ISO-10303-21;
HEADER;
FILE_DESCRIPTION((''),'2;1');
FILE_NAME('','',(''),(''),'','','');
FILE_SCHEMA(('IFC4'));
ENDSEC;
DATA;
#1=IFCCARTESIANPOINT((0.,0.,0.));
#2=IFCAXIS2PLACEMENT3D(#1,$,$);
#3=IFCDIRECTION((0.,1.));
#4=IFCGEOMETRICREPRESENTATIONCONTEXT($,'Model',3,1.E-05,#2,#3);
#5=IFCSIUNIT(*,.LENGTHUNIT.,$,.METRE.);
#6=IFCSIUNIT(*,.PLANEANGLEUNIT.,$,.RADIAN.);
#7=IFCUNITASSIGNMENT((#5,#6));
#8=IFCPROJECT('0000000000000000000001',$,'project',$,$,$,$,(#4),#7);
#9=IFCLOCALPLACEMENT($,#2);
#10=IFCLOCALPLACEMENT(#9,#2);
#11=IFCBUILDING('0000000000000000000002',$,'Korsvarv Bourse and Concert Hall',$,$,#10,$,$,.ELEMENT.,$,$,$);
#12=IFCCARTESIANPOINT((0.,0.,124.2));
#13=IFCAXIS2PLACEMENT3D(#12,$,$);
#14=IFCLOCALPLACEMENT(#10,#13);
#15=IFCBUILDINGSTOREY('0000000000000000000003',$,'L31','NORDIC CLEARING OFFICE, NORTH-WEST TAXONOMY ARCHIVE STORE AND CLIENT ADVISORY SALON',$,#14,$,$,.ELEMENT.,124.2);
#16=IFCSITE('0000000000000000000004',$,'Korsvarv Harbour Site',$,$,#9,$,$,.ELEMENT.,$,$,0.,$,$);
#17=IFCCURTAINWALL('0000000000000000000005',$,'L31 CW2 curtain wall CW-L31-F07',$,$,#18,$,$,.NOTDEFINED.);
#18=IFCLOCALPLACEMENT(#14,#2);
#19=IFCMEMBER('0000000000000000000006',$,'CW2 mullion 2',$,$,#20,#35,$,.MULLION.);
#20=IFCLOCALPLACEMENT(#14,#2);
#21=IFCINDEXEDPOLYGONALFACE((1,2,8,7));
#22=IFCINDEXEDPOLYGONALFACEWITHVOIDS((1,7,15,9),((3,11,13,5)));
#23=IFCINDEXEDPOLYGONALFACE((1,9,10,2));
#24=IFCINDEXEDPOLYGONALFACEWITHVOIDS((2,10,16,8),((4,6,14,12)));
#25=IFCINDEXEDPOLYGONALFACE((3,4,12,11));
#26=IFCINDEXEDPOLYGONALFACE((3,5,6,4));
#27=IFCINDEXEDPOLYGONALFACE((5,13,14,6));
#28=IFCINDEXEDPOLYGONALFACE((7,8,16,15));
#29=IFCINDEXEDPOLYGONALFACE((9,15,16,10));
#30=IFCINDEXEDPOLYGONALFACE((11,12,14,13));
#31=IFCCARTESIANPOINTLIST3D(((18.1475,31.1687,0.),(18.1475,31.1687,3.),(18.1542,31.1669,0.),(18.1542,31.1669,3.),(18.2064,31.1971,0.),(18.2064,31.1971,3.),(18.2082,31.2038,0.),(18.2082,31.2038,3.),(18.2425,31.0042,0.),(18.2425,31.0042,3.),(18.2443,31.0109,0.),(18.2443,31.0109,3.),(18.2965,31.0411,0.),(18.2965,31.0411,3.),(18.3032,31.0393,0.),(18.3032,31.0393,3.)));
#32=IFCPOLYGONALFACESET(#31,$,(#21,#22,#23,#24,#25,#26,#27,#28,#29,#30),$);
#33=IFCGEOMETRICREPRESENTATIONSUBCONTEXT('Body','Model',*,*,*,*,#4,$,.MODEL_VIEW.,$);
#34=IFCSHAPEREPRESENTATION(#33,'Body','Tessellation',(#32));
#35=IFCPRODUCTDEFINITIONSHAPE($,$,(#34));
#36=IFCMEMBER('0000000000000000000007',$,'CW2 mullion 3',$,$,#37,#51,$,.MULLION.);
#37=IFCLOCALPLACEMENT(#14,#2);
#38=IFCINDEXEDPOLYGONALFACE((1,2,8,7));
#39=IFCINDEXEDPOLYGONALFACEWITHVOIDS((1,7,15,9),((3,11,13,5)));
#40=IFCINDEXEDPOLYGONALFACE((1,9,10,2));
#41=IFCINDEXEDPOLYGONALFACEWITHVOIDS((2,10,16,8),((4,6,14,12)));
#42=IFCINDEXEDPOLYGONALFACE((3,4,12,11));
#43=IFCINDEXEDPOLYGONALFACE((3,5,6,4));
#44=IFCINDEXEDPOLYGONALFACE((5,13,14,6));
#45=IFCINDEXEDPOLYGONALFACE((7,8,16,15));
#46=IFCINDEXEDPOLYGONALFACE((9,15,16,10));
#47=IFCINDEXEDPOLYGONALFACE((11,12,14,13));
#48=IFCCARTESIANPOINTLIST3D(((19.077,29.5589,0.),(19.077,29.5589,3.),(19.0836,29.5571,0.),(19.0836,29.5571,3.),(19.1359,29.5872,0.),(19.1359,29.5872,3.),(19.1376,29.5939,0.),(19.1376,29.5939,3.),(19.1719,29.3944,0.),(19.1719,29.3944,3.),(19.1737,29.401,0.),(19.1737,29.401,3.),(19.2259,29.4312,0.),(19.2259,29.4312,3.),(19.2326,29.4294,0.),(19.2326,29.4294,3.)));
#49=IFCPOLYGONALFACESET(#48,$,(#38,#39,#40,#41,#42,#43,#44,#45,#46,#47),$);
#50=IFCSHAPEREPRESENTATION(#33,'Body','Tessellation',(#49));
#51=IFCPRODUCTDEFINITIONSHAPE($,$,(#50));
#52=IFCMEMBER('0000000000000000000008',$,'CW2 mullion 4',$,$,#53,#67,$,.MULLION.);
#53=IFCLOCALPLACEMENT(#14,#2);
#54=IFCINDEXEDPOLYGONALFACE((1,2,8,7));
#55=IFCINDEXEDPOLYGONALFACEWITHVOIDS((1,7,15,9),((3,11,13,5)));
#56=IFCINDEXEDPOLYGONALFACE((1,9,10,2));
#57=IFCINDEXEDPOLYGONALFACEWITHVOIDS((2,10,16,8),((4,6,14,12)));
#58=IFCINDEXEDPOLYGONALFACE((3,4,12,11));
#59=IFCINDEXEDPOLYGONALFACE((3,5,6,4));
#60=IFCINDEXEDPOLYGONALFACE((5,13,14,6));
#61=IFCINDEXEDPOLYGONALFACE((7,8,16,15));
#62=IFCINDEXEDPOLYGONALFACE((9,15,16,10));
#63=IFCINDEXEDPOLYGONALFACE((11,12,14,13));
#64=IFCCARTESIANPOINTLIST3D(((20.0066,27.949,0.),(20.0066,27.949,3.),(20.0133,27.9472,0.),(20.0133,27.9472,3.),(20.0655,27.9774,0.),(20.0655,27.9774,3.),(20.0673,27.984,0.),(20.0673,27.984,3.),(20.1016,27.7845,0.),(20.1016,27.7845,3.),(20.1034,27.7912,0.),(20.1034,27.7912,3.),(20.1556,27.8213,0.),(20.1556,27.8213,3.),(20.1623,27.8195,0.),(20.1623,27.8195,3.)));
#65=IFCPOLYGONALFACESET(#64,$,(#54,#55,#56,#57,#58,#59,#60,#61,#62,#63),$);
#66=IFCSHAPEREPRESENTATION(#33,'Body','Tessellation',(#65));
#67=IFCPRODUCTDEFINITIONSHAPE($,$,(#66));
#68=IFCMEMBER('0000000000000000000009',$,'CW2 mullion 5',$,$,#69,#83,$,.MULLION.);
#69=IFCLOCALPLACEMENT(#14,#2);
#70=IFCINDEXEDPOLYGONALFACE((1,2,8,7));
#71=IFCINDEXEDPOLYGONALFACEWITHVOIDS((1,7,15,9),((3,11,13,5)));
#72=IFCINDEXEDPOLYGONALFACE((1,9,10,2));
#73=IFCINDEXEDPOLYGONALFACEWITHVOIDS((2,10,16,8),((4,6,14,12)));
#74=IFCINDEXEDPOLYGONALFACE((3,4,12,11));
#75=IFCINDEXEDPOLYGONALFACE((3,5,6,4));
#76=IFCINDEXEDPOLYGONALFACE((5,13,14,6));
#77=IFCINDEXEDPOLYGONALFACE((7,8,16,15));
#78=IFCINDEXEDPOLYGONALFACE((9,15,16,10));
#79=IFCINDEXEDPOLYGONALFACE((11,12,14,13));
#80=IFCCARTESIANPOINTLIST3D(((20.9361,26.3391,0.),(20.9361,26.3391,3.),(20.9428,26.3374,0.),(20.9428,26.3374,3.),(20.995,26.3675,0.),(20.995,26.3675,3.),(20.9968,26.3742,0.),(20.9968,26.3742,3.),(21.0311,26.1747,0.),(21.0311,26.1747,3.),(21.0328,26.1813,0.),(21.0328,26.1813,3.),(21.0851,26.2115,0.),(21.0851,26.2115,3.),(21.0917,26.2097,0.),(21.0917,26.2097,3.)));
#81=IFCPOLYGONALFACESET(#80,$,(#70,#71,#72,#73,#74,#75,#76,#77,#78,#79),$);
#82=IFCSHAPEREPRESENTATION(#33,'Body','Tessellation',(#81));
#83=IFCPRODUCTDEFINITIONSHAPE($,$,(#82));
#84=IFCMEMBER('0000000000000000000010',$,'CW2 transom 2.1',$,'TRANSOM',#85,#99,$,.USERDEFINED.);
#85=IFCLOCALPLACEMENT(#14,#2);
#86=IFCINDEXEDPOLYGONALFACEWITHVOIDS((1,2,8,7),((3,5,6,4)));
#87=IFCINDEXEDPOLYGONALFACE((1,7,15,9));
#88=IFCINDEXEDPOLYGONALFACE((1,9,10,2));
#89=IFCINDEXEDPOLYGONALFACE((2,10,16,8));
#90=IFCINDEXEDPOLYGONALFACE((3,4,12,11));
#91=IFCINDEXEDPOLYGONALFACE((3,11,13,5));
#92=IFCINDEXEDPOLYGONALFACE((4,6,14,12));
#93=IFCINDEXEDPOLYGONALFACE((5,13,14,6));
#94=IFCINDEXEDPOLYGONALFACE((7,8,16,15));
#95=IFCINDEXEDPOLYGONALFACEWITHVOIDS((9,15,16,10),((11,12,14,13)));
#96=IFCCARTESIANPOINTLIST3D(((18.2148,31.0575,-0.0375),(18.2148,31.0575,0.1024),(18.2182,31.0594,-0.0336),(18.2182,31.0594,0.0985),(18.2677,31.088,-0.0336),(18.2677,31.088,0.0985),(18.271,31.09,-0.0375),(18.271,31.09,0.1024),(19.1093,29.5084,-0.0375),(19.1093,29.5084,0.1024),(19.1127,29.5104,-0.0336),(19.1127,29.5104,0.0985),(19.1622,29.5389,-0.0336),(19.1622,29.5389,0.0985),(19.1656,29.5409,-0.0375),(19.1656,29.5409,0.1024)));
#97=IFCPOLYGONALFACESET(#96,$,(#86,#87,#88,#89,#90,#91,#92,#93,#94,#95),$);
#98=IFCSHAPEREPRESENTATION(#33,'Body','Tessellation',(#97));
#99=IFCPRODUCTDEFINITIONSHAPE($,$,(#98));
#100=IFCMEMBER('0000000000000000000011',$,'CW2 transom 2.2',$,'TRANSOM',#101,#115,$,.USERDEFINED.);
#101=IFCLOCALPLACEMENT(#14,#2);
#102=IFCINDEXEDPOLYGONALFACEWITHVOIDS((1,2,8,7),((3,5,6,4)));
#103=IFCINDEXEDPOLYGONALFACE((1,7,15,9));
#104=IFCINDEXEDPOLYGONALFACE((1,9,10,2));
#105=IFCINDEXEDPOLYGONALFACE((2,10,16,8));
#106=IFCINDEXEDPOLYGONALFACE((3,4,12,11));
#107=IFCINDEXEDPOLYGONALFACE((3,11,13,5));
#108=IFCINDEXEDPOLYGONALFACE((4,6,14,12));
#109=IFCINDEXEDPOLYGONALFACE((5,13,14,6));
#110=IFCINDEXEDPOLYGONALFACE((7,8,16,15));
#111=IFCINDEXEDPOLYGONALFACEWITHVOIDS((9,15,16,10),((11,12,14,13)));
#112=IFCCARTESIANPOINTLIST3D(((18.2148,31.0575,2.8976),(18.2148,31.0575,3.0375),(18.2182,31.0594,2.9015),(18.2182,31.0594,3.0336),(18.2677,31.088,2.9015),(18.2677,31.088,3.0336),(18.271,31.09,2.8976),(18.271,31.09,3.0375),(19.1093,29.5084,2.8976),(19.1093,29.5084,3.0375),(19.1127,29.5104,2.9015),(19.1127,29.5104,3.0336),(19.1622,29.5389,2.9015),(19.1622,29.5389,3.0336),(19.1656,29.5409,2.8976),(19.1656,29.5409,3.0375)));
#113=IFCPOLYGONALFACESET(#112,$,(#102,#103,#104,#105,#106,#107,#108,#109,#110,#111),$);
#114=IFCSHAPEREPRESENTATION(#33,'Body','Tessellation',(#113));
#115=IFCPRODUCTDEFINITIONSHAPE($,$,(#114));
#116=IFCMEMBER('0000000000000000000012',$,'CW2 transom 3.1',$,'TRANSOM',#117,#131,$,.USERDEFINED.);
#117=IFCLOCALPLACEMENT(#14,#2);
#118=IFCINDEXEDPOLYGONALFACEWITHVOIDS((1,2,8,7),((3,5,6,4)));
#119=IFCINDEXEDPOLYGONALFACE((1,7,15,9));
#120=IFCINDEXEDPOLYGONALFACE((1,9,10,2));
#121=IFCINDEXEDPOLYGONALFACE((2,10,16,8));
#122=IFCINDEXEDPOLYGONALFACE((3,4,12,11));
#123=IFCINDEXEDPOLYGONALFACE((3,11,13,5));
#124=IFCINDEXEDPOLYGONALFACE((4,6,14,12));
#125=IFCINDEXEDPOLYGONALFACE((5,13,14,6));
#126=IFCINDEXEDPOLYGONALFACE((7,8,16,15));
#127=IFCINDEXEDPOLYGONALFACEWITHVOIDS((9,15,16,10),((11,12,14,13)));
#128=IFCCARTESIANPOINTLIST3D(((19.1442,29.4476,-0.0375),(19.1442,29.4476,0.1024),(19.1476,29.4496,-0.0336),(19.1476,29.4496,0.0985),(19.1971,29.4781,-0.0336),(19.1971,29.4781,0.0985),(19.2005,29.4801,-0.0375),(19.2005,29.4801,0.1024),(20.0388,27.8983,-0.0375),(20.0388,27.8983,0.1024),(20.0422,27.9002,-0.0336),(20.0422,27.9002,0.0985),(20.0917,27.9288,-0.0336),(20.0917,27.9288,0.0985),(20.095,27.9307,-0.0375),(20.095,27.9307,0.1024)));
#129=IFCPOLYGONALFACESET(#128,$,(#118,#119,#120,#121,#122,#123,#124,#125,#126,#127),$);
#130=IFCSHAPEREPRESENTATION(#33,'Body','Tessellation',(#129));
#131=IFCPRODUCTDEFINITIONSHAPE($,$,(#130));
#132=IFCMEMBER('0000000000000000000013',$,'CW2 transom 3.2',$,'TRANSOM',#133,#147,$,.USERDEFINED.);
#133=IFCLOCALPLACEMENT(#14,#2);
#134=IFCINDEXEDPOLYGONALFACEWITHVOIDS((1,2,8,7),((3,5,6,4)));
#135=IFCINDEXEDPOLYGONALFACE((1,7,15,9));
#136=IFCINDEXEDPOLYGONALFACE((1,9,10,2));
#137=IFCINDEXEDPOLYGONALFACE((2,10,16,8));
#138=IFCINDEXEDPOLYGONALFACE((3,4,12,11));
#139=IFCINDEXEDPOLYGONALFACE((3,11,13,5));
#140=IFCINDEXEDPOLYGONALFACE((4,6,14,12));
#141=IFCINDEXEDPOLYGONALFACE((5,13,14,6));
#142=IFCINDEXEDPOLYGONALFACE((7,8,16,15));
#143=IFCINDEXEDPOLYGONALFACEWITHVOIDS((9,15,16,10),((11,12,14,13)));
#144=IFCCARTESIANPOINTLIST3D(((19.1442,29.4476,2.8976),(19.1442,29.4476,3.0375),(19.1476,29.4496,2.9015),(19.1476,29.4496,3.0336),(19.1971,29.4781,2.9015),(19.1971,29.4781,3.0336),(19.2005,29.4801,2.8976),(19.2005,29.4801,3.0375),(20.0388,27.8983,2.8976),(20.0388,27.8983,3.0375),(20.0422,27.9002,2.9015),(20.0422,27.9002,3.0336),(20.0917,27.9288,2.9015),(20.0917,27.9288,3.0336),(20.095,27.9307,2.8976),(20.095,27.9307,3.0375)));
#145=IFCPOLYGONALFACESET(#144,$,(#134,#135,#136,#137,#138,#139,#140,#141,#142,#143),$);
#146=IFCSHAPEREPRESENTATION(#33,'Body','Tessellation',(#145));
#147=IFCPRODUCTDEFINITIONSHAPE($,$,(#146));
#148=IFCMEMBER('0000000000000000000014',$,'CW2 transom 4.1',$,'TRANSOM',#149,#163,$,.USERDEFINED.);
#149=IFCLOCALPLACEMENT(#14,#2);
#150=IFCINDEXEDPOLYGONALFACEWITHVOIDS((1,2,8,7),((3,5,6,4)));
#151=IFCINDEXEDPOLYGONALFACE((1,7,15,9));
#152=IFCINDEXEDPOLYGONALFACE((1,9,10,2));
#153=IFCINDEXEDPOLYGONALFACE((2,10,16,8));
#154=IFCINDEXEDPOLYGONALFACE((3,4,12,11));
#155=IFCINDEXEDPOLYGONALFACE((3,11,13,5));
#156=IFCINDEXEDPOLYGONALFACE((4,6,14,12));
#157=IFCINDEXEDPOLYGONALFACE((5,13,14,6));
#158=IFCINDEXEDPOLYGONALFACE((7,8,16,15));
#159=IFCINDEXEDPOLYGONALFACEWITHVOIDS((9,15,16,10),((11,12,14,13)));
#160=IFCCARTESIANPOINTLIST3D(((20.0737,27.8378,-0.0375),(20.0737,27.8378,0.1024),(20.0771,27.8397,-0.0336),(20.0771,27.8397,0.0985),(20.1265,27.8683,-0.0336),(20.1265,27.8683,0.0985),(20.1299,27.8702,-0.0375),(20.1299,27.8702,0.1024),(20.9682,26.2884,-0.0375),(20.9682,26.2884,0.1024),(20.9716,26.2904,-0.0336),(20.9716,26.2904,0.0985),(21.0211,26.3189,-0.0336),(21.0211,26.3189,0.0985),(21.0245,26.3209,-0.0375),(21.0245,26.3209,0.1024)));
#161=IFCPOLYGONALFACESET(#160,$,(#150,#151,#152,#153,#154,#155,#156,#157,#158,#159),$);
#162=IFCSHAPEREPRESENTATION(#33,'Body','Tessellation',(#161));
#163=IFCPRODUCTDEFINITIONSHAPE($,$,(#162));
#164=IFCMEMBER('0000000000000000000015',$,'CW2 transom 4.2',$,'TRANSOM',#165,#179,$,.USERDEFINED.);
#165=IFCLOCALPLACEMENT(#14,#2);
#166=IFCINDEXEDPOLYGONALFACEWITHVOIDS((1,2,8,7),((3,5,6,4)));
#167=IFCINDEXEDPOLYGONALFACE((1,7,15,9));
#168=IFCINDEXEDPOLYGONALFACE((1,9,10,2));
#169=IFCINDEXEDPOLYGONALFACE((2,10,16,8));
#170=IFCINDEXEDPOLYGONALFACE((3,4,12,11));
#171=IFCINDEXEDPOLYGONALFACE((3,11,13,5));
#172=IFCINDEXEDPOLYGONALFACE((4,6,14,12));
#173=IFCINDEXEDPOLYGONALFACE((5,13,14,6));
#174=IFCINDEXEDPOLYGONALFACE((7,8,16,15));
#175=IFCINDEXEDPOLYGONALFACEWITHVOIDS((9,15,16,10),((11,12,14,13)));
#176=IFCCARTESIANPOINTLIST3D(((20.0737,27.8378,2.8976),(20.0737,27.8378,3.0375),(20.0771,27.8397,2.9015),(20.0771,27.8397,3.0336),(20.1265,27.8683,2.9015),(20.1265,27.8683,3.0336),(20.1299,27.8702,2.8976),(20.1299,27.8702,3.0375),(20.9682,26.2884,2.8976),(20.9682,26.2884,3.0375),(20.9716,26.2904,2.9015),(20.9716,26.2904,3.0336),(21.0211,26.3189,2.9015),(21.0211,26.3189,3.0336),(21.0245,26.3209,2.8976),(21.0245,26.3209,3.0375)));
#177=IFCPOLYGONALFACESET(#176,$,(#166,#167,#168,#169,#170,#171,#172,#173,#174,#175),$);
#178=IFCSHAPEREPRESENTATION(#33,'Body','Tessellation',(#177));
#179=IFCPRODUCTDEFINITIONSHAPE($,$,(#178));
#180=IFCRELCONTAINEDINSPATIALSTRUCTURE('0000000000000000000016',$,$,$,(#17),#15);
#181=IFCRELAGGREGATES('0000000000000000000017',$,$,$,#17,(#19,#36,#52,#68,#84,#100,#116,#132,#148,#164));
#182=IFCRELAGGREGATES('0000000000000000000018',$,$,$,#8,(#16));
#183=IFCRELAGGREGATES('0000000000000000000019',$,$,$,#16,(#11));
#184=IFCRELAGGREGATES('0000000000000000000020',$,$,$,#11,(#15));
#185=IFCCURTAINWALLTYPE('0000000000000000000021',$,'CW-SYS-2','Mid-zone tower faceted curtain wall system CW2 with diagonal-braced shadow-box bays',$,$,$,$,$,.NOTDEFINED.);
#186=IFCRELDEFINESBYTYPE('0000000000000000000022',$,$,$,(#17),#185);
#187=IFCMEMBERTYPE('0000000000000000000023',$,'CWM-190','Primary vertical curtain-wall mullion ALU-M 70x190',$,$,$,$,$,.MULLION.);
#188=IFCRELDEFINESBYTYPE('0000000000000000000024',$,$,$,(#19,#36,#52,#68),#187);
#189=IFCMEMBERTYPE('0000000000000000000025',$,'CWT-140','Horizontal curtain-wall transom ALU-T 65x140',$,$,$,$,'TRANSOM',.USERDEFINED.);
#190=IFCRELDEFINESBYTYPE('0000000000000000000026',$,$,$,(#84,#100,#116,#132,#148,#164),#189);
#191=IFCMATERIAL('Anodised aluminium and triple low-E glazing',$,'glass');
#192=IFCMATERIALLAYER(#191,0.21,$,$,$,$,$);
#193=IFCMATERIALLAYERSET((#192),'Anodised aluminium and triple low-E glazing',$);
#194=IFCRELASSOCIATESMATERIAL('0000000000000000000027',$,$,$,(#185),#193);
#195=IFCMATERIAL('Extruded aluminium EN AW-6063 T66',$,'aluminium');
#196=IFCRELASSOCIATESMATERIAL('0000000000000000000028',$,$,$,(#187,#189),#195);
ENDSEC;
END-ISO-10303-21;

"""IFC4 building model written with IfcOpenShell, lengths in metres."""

from ifc_helpers import new_model, si_unit, direction, frame, origin, origin_2d, place, context, subcontext, project, spatial, hollow_rectangle, extrude, source, transform, mapped, material, layer, layer_set, material_profile, profile_set, type_object, element, aggregate, save


model = new_model("IFC4")

# Units and contexts
model_context = context("Model", 3, precision=1e-05, world=origin(), true_north=direction((0.0, 1.0)))
body_context = subcontext(model_context, "Body", "Model", "MODEL_VIEW")
ifc_project = project(units=[si_unit("LENGTHUNIT", "METRE"), si_unit("PLANEANGLEUNIT", "RADIAN")], contexts=[model_context])

# Site, building, storey
site_placement = place(None, origin())
site = spatial("IfcSite", under=ifc_project, at=site_placement, Name="Korsvarv Harbour Site", CompositionType="ELEMENT", RefElevation=0.0)
building_placement = place(site_placement, origin())
building = spatial("IfcBuilding", under=site, at=building_placement, Name="Korsvarv Bourse and Concert Hall", CompositionType="ELEMENT")
storey_placement = place(building_placement, frame((0.0, 0.0, 124.2)))
storey = spatial("IfcBuildingStorey", under=building, at=storey_placement, Name="L31", Description="NORDIC CLEARING OFFICE, NORTH-WEST TAXONOMY ARCHIVE STORE AND CLIENT ADVISORY SALON", CompositionType="ELEMENT", Elevation=124.2)

# Curtain wall, members
ifc_material_1 = material(Name="Anodised aluminium and triple low-E glazing", Category="glass")
ifc_layer_1 = layer(ifc_material_1, 0.21)
ifc_layer_set_1 = layer_set([ifc_layer_1], Name="Anodised aluminium and triple low-E glazing")
curtain_wall_type = type_object("IfcCurtainWallType", Name="CW-SYS-2", Description="Mid-zone tower faceted curtain wall system CW2 with diagonal-braced shadow-box bays", PredefinedType="NOTDEFINED", material=ifc_layer_set_1)
curtain_wall_placement = place(storey_placement, origin())
curtain_wall = element("IfcCurtainWall", 1, at=curtain_wall_placement, inside=storey, type_object=curtain_wall_type, Name="L31 CW2 curtain wall CW-L31-F07", PredefinedType="NOTDEFINED")
ifc_material_2 = material(Name="Extruded aluminium EN AW-6063 T66", Category="aluminium")
ifc_material_profile_1 = material_profile(ifc_material_2, hollow_rectangle(XDim=0.0701, YDim=0.1899, WallThickness=0.0049, at=origin_2d()), Name="ALU-M 70x190")
ifc_profile_set_1 = profile_set([ifc_material_profile_1], Name="Extruded aluminium EN AW-6063 T66")
member_type_1 = type_object("IfcMemberType", Name="CWM-190", Description="Primary vertical curtain-wall mullion ALU-M 70x190", PredefinedType="MULLION", material=ifc_profile_set_1)
shared_shape_1 = source(origin(), body_context, "Body", "SweptSolid", [
    extrude(hollow_rectangle(XDim=0.0701, YDim=0.1899, WallThickness=0.0049, at=origin_2d()), origin(), (0.0, 0.0, 1.0), 3.0),
])
member_1_placement = place(storey_placement, frame((18.2253, 31.104, 0.0), z_axis=(0.0, 0.0, 1.0), x_axis=(0.866021, 0.500007, 0.0)))
member_1 = element("IfcMember", 2, at=member_1_placement, type_object=member_type_1, Name="CW2 mullion 2", PredefinedType="MULLION", context=body_context, shape_type="MappedRepresentation", body=[
    mapped(shared_shape_1, transform((0.0, 0.0, 0.0), scale=1.0)),
])
member_2_placement = place(storey_placement, frame((19.1548, 29.4941, 0.0), z_axis=(0.0, 0.0, 1.0), x_axis=(0.866021, 0.500007, 0.0)))
member_2 = element("IfcMember", 3, at=member_2_placement, type_object=member_type_1, Name="CW2 mullion 3", PredefinedType="MULLION", context=body_context, shape_type="MappedRepresentation", body=[
    mapped(shared_shape_1, transform((0.0, 0.0, 0.0), scale=1.0)),
])
member_3_placement = place(storey_placement, frame((20.0845, 27.8843, 0.0), z_axis=(0.0, 0.0, 1.0), x_axis=(0.866021, 0.500007, 0.0)))
member_3 = element("IfcMember", 4, at=member_3_placement, type_object=member_type_1, Name="CW2 mullion 4", PredefinedType="MULLION", context=body_context, shape_type="MappedRepresentation", body=[
    mapped(shared_shape_1, transform((0.0, 0.0, 0.0), scale=1.0)),
])
member_4_placement = place(storey_placement, frame((21.0139, 26.2744, 0.0), z_axis=(0.0, 0.0, 1.0), x_axis=(0.866021, 0.500007, 0.0)))
member_4 = element("IfcMember", 5, at=member_4_placement, type_object=member_type_1, Name="CW2 mullion 5", PredefinedType="MULLION", context=body_context, shape_type="MappedRepresentation", body=[
    mapped(shared_shape_1, transform((0.0, 0.0, 0.0), scale=1.0)),
])
ifc_material_profile_2 = material_profile(ifc_material_2, hollow_rectangle(XDim=0.0649, YDim=0.1399, WallThickness=0.0039, at=origin_2d()), Name="ALU-T 65x140")
ifc_profile_set_2 = profile_set([ifc_material_profile_2], Name="Extruded aluminium EN AW-6063 T66")
member_type_2 = type_object("IfcMemberType", Name="CWT-140", Description="Horizontal curtain-wall transom ALU-T 65x140", ElementType="TRANSOM", PredefinedType="USERDEFINED", material=ifc_profile_set_2)
shared_shape_2 = source(origin(), body_context, "Body", "SweptSolid", [
    extrude(hollow_rectangle(XDim=0.0649, YDim=0.1399, WallThickness=0.0039, at=origin_2d()), origin(), (0.0, 0.0, 1.0), 1.7888),
])
member_5_placement = place(storey_placement, frame((18.2429, 31.0737, 0.0325), z_axis=(0.500073, -0.865983, 0.0), x_axis=(0.865983, 0.500073, 0.0)))
member_5 = element("IfcMember", 6, at=member_5_placement, type_object=member_type_2, Name="CW2 transom 2.1", ObjectType="TRANSOM", PredefinedType="USERDEFINED", context=body_context, shape_type="MappedRepresentation", body=[
    mapped(shared_shape_2, transform((0.0, 0.0, 0.0), scale=1.0)),
])
member_6_placement = place(storey_placement, frame((18.2429, 31.0737, 2.9675), z_axis=(0.500073, -0.865983, 0.0), x_axis=(0.865983, 0.500073, 0.0)))
member_6 = element("IfcMember", 7, at=member_6_placement, type_object=member_type_2, Name="CW2 transom 2.2", ObjectType="TRANSOM", PredefinedType="USERDEFINED", context=body_context, shape_type="MappedRepresentation", body=[
    mapped(shared_shape_2, transform((0.0, 0.0, 0.0), scale=1.0)),
])
shared_shape_3 = source(origin(), body_context, "Body", "SweptSolid", [
    extrude(hollow_rectangle(XDim=0.0649, YDim=0.1399, WallThickness=0.0039, at=origin_2d()), origin(), (0.0, 0.0, 1.0), 1.7891),
])
member_7_placement = place(storey_placement, frame((19.1724, 29.4639, 0.0325), z_axis=(0.500014, -0.866017, 0.0), x_axis=(0.866017, 0.500014, 0.0)))
member_7 = element("IfcMember", 8, at=member_7_placement, type_object=member_type_2, Name="CW2 transom 3.1", ObjectType="TRANSOM", PredefinedType="USERDEFINED", context=body_context, shape_type="MappedRepresentation", body=[
    mapped(shared_shape_3, transform((0.0, 0.0, 0.0), scale=1.0)),
])
member_8_placement = place(storey_placement, frame((19.1724, 29.4639, 2.9675), z_axis=(0.500014, -0.866017, 0.0), x_axis=(0.866017, 0.500014, 0.0)))
member_8 = element("IfcMember", 9, at=member_8_placement, type_object=member_type_2, Name="CW2 transom 3.2", ObjectType="TRANSOM", PredefinedType="USERDEFINED", context=body_context, shape_type="MappedRepresentation", body=[
    mapped(shared_shape_3, transform((0.0, 0.0, 0.0), scale=1.0)),
])
member_9_placement = place(storey_placement, frame((20.1018, 27.854, 0.0325), z_axis=(0.500014, -0.866017, 0.0), x_axis=(0.866017, 0.500014, 0.0)))
member_9 = element("IfcMember", 10, at=member_9_placement, type_object=member_type_2, Name="CW2 transom 4.1", ObjectType="TRANSOM", PredefinedType="USERDEFINED", context=body_context, shape_type="MappedRepresentation", body=[
    mapped(shared_shape_3, transform((0.0, 0.0, 0.0), scale=1.0)),
])
member_10_placement = place(storey_placement, frame((20.1018, 27.854, 2.9675), z_axis=(0.500014, -0.866017, 0.0), x_axis=(0.866017, 0.500014, 0.0)))
member_10 = element("IfcMember", 11, at=member_10_placement, type_object=member_type_2, Name="CW2 transom 4.2", ObjectType="TRANSOM", PredefinedType="USERDEFINED", context=body_context, shape_type="MappedRepresentation", body=[
    mapped(shared_shape_3, transform((0.0, 0.0, 0.0), scale=1.0)),
])

aggregate(curtain_wall, [member_1, member_2, member_3, member_4, member_5, member_6, member_7, member_8, member_9, member_10])

save(model, "model.ifc")
